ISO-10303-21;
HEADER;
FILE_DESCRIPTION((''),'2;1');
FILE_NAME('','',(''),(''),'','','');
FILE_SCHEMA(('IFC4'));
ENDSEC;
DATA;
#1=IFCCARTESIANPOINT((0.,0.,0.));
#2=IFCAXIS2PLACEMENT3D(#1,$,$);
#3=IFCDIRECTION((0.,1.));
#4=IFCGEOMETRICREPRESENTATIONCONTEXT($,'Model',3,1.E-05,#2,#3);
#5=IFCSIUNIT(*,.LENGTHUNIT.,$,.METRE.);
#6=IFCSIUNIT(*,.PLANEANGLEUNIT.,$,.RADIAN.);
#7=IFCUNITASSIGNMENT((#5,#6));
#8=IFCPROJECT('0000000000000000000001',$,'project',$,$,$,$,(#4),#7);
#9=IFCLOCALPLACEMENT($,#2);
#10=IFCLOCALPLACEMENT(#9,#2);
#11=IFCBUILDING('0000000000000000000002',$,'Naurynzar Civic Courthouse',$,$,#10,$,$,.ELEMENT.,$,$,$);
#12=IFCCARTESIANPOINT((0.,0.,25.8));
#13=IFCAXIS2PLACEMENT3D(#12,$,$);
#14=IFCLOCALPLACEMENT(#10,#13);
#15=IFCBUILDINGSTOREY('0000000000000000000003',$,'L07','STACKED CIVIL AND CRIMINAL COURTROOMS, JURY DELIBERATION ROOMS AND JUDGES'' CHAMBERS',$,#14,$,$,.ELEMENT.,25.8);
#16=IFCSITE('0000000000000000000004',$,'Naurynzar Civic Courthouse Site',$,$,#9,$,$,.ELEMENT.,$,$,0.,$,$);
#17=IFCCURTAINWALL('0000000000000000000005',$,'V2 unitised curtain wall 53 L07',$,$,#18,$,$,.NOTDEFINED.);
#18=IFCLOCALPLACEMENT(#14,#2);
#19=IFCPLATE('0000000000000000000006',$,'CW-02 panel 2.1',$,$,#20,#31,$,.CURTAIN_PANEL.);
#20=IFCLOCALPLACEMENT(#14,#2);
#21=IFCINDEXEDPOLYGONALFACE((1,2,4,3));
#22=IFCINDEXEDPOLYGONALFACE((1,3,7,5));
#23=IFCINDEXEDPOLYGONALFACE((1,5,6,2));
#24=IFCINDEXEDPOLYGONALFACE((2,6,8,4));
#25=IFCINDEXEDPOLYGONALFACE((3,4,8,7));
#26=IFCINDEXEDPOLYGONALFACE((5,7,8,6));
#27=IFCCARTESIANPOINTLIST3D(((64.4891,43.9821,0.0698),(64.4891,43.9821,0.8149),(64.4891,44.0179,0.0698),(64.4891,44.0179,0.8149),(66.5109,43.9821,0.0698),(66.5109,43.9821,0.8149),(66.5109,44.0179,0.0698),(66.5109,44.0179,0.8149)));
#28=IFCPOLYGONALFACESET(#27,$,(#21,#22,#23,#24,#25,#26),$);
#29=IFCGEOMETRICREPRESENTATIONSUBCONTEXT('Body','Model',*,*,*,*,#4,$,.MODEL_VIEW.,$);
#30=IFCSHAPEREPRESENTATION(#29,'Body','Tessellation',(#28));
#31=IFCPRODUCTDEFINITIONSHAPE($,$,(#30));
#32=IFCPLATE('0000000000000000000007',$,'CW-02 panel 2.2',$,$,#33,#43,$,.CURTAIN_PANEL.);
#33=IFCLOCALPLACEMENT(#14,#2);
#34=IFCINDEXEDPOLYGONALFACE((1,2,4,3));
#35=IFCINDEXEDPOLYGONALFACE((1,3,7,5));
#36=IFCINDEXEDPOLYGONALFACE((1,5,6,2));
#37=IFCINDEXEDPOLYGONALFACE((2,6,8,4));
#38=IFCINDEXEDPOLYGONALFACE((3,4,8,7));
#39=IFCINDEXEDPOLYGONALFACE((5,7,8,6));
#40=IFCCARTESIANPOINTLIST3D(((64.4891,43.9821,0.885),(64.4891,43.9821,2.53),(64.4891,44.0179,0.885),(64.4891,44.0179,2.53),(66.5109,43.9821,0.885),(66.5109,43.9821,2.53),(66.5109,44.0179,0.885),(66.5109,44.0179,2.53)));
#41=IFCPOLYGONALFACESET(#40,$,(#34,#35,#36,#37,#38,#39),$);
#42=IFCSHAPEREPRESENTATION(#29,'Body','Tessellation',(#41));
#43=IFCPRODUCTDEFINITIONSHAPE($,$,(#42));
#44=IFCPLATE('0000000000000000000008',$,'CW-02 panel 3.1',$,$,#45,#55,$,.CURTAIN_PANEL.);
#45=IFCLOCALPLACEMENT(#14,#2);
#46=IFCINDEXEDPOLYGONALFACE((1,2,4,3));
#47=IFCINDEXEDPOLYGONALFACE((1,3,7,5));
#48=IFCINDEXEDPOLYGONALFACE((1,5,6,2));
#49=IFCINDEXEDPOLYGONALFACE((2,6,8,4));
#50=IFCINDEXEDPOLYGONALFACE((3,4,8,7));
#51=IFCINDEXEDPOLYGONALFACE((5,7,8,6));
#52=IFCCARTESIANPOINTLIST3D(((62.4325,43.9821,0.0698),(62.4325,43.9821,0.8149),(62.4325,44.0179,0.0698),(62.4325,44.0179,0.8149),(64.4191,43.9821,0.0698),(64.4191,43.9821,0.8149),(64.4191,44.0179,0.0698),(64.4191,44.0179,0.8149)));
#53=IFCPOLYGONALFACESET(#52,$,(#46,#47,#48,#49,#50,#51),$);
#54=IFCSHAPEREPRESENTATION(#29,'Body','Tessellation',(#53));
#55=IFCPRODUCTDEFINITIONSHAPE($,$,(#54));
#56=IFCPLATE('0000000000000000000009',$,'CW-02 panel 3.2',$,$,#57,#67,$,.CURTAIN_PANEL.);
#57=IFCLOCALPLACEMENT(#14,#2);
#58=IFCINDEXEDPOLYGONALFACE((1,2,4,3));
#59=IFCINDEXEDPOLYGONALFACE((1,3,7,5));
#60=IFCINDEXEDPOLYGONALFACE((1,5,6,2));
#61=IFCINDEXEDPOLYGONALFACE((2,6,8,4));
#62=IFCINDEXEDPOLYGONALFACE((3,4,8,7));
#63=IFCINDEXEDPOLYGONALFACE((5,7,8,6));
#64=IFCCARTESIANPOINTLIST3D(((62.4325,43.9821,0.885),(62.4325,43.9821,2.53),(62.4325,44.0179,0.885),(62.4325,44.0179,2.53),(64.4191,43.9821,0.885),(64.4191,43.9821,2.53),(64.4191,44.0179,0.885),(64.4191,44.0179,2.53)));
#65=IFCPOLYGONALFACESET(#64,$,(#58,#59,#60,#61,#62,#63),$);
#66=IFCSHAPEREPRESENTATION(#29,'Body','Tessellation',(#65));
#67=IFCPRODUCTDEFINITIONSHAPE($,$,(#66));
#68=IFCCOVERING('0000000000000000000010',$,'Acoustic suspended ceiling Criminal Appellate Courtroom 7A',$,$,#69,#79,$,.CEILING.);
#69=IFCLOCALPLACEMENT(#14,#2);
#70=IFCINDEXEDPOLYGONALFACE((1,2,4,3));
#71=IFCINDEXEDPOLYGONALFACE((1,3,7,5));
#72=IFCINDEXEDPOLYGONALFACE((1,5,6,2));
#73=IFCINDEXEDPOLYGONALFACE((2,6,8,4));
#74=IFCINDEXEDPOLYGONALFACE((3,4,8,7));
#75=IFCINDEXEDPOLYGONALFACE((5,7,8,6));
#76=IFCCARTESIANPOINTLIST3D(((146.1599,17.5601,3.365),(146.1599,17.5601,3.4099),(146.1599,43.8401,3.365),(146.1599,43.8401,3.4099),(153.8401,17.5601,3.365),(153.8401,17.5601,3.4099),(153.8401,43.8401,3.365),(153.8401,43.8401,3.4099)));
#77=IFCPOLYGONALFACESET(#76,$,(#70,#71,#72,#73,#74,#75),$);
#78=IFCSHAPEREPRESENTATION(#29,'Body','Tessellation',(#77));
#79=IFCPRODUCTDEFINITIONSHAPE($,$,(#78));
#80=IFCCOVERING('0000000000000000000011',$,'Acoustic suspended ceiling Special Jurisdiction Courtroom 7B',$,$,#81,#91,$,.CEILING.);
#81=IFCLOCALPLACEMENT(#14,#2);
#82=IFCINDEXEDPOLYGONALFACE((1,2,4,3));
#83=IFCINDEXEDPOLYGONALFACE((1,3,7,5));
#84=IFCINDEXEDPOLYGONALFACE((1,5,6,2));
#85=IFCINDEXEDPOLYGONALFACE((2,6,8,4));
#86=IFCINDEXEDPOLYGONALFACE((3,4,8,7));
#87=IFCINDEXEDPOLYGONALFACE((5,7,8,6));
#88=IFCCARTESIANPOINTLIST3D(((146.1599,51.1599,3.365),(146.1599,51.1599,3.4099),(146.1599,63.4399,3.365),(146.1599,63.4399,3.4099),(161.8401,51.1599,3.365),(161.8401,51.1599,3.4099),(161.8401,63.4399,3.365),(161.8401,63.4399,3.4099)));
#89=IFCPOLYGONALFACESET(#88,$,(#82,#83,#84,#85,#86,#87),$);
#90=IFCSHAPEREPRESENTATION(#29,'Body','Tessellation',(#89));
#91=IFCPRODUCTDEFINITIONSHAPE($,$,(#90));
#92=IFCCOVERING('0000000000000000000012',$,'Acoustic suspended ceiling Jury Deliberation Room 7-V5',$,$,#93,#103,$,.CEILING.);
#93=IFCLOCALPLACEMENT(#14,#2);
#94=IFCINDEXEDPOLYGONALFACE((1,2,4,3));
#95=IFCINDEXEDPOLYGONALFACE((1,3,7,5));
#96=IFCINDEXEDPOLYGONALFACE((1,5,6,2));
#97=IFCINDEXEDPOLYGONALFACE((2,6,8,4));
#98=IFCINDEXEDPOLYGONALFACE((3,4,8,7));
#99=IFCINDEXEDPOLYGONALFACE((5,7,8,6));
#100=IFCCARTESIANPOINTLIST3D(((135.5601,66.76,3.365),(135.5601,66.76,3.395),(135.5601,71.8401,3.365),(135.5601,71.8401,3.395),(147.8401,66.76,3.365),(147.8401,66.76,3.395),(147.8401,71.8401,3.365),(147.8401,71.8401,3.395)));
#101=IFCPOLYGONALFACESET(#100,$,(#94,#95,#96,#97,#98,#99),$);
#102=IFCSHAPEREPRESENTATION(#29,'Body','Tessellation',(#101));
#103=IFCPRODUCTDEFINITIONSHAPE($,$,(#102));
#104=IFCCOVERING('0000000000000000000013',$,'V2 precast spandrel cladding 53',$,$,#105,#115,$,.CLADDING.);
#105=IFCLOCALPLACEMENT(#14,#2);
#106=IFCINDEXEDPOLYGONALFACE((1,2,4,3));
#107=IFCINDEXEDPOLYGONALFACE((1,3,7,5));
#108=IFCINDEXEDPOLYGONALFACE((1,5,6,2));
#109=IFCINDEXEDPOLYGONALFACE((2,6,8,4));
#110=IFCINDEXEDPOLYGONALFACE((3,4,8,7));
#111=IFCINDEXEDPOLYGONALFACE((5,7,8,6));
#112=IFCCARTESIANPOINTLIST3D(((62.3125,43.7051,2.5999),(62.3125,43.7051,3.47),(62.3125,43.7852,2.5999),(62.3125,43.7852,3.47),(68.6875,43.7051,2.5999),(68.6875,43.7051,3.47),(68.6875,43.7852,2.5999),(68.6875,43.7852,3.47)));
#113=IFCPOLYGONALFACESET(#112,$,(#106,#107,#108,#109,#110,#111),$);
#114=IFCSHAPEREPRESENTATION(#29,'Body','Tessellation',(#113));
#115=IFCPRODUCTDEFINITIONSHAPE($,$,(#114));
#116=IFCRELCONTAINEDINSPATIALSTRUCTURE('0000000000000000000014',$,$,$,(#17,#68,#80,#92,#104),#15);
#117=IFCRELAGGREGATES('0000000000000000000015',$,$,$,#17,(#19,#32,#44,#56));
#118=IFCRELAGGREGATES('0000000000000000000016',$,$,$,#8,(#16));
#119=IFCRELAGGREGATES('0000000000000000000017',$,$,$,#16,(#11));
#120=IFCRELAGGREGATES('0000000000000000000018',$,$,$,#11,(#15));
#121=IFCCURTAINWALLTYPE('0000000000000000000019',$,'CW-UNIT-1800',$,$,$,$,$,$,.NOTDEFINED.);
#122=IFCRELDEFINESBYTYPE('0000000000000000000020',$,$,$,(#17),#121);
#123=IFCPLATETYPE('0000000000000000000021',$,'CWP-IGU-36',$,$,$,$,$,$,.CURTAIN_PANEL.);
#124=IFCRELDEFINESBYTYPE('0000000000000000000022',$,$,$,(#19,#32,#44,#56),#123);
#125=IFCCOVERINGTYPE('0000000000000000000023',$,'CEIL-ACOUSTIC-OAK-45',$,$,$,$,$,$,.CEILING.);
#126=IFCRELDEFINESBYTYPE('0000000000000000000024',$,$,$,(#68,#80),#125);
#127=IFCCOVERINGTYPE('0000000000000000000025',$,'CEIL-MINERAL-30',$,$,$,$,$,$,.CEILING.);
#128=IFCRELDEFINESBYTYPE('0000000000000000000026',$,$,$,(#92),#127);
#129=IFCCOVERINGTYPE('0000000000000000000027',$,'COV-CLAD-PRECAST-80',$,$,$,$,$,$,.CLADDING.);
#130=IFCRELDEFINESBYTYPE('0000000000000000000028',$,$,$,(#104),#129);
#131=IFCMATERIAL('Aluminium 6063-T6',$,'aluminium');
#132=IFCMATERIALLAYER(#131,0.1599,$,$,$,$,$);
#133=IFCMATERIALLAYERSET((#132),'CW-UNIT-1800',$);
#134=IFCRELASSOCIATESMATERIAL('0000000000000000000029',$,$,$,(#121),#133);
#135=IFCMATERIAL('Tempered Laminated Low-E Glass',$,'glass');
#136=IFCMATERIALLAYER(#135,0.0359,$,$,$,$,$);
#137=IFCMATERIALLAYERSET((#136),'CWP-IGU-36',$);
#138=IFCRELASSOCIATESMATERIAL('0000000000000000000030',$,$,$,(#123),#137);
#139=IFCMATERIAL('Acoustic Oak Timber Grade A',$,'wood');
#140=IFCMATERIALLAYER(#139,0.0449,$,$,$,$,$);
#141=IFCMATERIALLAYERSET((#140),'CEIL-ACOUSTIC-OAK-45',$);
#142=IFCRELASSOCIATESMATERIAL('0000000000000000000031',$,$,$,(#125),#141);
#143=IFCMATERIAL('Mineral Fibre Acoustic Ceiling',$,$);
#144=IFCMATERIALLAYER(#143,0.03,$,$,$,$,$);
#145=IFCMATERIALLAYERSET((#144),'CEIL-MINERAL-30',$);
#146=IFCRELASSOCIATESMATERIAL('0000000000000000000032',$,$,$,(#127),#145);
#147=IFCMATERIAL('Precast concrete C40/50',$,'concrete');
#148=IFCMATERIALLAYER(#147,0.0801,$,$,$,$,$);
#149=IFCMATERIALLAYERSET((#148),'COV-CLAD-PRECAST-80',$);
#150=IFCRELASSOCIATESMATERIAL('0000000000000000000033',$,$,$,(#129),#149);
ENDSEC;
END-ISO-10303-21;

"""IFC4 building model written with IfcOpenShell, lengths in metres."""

from ifc_helpers import new_model, si_unit, direction, frame, origin, origin_2d, place, context, subcontext, project, spatial, polyline, rectangle, outline, extrude, material, layer, layer_set, type_object, element, aggregate, save


model = new_model("IFC4")

# Units and contexts
model_context = context("Model", 3, precision=1e-05, world=origin(), true_north=direction((0.0, 1.0)))
body_context = subcontext(model_context, "Body", "Model", "MODEL_VIEW")
ifc_project = project(units=[si_unit("LENGTHUNIT", "METRE"), si_unit("PLANEANGLEUNIT", "RADIAN")], contexts=[model_context])

# Site, building, storey
site_placement = place(None, origin())
site = spatial("IfcSite", under=ifc_project, at=site_placement, Name="Naurynzar Civic Courthouse Site", CompositionType="ELEMENT", RefElevation=0.0)
building_placement = place(site_placement, origin())
building = spatial("IfcBuilding", under=site, at=building_placement, Name="Naurynzar Civic Courthouse", CompositionType="ELEMENT")
storey_placement = place(building_placement, frame((0.0, 0.0, 25.8)))
storey = spatial("IfcBuildingStorey", under=building, at=storey_placement, Name="L07", Description="STACKED CIVIL AND CRIMINAL COURTROOMS, JURY DELIBERATION ROOMS AND JUDGES' CHAMBERS", CompositionType="ELEMENT", Elevation=25.8)

# Curtain wall, plates
ifc_material_1 = material(Name="Aluminium 6063-T6", Category="aluminium")
ifc_layer_1 = layer(ifc_material_1, 0.1599)
ifc_layer_set_1 = layer_set([ifc_layer_1], Name="CW-UNIT-1800")
curtain_wall_type = type_object("IfcCurtainWallType", Name="CW-UNIT-1800", PredefinedType="NOTDEFINED", material=ifc_layer_set_1)
curtain_wall_placement = place(storey_placement, origin())
curtain_wall = element("IfcCurtainWall", 1, at=curtain_wall_placement, inside=storey, type_object=curtain_wall_type, Name="V2 unitised curtain wall 53 L07", PredefinedType="NOTDEFINED")
ifc_material_2 = material(Name="Tempered Laminated Low-E Glass", Category="glass")
ifc_layer_2 = layer(ifc_material_2, 0.0359)
ifc_layer_set_2 = layer_set([ifc_layer_2], Name="CWP-IGU-36")
plate_type = type_object("IfcPlateType", Name="CWP-IGU-36", PredefinedType="CURTAIN_PANEL", material=ifc_layer_set_2)
plate_1_placement = place(storey_placement, frame((65.5, 44.0, 0.0698), z_axis=(0.0, 0.0, 1.0), x_axis=(-1.0, 0.0, 0.0)))
plate_1 = element("IfcPlate", 2, at=plate_1_placement, type_object=plate_type, Name="CW-02 panel 2.1", PredefinedType="CURTAIN_PANEL", context=body_context, shape_type="SweptSolid", body=[
    extrude(rectangle(XDim=2.0217, YDim=0.0359, at=origin_2d()), origin(), (0.0, 0.0, 1.0), 0.7451),
])
plate_2_placement = place(storey_placement, frame((65.5, 44.0, 0.885), z_axis=(0.0, 0.0, 1.0), x_axis=(-1.0, 0.0, 0.0)))
plate_2 = element("IfcPlate", 3, at=plate_2_placement, type_object=plate_type, Name="CW-02 panel 2.2", PredefinedType="CURTAIN_PANEL", context=body_context, shape_type="SweptSolid", body=[
    extrude(rectangle(XDim=2.0217, YDim=0.0359, at=origin_2d()), origin(), (0.0, 0.0, 1.0), 1.645),
])
plate_3_placement = place(storey_placement, frame((63.4258, 44.0, 0.0698), z_axis=(0.0, 0.0, 1.0), x_axis=(-1.0, 0.0, 0.0)))
plate_3 = element("IfcPlate", 4, at=plate_3_placement, type_object=plate_type, Name="CW-02 panel 3.1", PredefinedType="CURTAIN_PANEL", context=body_context, shape_type="SweptSolid", body=[
    extrude(rectangle(XDim=1.9866, YDim=0.0359, at=origin_2d()), origin(), (0.0, 0.0, 1.0), 0.7451),
])
plate_4_placement = place(storey_placement, frame((63.4258, 44.0, 0.885), z_axis=(0.0, 0.0, 1.0), x_axis=(-1.0, 0.0, 0.0)))
plate_4 = element("IfcPlate", 5, at=plate_4_placement, type_object=plate_type, Name="CW-02 panel 3.2", PredefinedType="CURTAIN_PANEL", context=body_context, shape_type="SweptSolid", body=[
    extrude(rectangle(XDim=1.9866, YDim=0.0359, at=origin_2d()), origin(), (0.0, 0.0, 1.0), 1.645),
])
aggregate(curtain_wall, [plate_1, plate_2, plate_3, plate_4])

# Coverings
ifc_material_3 = material(Name="Acoustic Oak Timber Grade A", Category="wood")
ifc_layer_3 = layer(ifc_material_3, 0.0449)
ifc_layer_set_3 = layer_set([ifc_layer_3], Name="CEIL-ACOUSTIC-OAK-45")
covering_type_1 = type_object("IfcCoveringType", Name="CEIL-ACOUSTIC-OAK-45", PredefinedType="CEILING", material=ifc_layer_set_3)
covering_1_placement = place(storey_placement, frame((0.0, 0.0, 3.365)))
element("IfcCovering", 6, at=covering_1_placement, inside=storey, type_object=covering_type_1, Name="Acoustic suspended ceiling Criminal Appellate Courtroom 7A", PredefinedType="CEILING", context=body_context, shape_type="SweptSolid", body=[
    extrude(outline(polyline([(146.1599, 43.8401), (153.8401, 43.8401), (153.8401, 17.5601), (146.1599, 17.5601), (146.1599, 43.8401)])), origin(), (0.0, 0.0, 1.0), 0.0449),
])
covering_2_placement = place(storey_placement, frame((0.0, 0.0, 3.365)))
element("IfcCovering", 7, at=covering_2_placement, inside=storey, type_object=covering_type_1, Name="Acoustic suspended ceiling Special Jurisdiction Courtroom 7B", PredefinedType="CEILING", context=body_context, shape_type="SweptSolid", body=[
    extrude(outline(polyline([(146.1599, 63.4399), (161.8401, 63.4399), (161.8401, 51.1599), (146.1599, 51.1599), (146.1599, 63.4399)])), origin(), (0.0, 0.0, 1.0), 0.0449),
])
ifc_material_4 = material(Name="Mineral Fibre Acoustic Ceiling")
ifc_layer_4 = layer(ifc_material_4, 0.03)
ifc_layer_set_4 = layer_set([ifc_layer_4], Name="CEIL-MINERAL-30")
covering_type_2 = type_object("IfcCoveringType", Name="CEIL-MINERAL-30", PredefinedType="CEILING", material=ifc_layer_set_4)
covering_3_placement = place(storey_placement, frame((0.0, 0.0, 3.365)))
element("IfcCovering", 8, at=covering_3_placement, inside=storey, type_object=covering_type_2, Name="Acoustic suspended ceiling Jury Deliberation Room 7-V5", PredefinedType="CEILING", context=body_context, shape_type="SweptSolid", body=[
    extrude(outline(polyline([(135.5601, 71.8401), (147.8401, 71.8401), (147.8401, 66.76), (135.5601, 66.76), (135.5601, 71.8401)])), origin(), (0.0, 0.0, 1.0), 0.03),
])
ifc_material_5 = material(Name="Precast concrete C40/50", Category="concrete")
ifc_layer_5 = layer(ifc_material_5, 0.0801)
ifc_layer_set_5 = layer_set([ifc_layer_5], Name="COV-CLAD-PRECAST-80")
covering_type_3 = type_object("IfcCoveringType", Name="COV-CLAD-PRECAST-80", PredefinedType="CLADDING", material=ifc_layer_set_5)
covering_4_placement = place(storey_placement, frame((65.5, 43.7451, 2.5999), z_axis=(0.0, 0.0, 1.0), x_axis=(-1.0, 0.0, 0.0)))
element("IfcCovering", 9, at=covering_4_placement, inside=storey, type_object=covering_type_3, Name="V2 precast spandrel cladding 53", PredefinedType="CLADDING", context=body_context, shape_type="SweptSolid", body=[
    extrude(rectangle(XDim=6.375, YDim=0.0801, at=origin_2d()), origin(), (0.0, 0.0, 1.0), 0.8701),
])

save(model, "model.ifc")
